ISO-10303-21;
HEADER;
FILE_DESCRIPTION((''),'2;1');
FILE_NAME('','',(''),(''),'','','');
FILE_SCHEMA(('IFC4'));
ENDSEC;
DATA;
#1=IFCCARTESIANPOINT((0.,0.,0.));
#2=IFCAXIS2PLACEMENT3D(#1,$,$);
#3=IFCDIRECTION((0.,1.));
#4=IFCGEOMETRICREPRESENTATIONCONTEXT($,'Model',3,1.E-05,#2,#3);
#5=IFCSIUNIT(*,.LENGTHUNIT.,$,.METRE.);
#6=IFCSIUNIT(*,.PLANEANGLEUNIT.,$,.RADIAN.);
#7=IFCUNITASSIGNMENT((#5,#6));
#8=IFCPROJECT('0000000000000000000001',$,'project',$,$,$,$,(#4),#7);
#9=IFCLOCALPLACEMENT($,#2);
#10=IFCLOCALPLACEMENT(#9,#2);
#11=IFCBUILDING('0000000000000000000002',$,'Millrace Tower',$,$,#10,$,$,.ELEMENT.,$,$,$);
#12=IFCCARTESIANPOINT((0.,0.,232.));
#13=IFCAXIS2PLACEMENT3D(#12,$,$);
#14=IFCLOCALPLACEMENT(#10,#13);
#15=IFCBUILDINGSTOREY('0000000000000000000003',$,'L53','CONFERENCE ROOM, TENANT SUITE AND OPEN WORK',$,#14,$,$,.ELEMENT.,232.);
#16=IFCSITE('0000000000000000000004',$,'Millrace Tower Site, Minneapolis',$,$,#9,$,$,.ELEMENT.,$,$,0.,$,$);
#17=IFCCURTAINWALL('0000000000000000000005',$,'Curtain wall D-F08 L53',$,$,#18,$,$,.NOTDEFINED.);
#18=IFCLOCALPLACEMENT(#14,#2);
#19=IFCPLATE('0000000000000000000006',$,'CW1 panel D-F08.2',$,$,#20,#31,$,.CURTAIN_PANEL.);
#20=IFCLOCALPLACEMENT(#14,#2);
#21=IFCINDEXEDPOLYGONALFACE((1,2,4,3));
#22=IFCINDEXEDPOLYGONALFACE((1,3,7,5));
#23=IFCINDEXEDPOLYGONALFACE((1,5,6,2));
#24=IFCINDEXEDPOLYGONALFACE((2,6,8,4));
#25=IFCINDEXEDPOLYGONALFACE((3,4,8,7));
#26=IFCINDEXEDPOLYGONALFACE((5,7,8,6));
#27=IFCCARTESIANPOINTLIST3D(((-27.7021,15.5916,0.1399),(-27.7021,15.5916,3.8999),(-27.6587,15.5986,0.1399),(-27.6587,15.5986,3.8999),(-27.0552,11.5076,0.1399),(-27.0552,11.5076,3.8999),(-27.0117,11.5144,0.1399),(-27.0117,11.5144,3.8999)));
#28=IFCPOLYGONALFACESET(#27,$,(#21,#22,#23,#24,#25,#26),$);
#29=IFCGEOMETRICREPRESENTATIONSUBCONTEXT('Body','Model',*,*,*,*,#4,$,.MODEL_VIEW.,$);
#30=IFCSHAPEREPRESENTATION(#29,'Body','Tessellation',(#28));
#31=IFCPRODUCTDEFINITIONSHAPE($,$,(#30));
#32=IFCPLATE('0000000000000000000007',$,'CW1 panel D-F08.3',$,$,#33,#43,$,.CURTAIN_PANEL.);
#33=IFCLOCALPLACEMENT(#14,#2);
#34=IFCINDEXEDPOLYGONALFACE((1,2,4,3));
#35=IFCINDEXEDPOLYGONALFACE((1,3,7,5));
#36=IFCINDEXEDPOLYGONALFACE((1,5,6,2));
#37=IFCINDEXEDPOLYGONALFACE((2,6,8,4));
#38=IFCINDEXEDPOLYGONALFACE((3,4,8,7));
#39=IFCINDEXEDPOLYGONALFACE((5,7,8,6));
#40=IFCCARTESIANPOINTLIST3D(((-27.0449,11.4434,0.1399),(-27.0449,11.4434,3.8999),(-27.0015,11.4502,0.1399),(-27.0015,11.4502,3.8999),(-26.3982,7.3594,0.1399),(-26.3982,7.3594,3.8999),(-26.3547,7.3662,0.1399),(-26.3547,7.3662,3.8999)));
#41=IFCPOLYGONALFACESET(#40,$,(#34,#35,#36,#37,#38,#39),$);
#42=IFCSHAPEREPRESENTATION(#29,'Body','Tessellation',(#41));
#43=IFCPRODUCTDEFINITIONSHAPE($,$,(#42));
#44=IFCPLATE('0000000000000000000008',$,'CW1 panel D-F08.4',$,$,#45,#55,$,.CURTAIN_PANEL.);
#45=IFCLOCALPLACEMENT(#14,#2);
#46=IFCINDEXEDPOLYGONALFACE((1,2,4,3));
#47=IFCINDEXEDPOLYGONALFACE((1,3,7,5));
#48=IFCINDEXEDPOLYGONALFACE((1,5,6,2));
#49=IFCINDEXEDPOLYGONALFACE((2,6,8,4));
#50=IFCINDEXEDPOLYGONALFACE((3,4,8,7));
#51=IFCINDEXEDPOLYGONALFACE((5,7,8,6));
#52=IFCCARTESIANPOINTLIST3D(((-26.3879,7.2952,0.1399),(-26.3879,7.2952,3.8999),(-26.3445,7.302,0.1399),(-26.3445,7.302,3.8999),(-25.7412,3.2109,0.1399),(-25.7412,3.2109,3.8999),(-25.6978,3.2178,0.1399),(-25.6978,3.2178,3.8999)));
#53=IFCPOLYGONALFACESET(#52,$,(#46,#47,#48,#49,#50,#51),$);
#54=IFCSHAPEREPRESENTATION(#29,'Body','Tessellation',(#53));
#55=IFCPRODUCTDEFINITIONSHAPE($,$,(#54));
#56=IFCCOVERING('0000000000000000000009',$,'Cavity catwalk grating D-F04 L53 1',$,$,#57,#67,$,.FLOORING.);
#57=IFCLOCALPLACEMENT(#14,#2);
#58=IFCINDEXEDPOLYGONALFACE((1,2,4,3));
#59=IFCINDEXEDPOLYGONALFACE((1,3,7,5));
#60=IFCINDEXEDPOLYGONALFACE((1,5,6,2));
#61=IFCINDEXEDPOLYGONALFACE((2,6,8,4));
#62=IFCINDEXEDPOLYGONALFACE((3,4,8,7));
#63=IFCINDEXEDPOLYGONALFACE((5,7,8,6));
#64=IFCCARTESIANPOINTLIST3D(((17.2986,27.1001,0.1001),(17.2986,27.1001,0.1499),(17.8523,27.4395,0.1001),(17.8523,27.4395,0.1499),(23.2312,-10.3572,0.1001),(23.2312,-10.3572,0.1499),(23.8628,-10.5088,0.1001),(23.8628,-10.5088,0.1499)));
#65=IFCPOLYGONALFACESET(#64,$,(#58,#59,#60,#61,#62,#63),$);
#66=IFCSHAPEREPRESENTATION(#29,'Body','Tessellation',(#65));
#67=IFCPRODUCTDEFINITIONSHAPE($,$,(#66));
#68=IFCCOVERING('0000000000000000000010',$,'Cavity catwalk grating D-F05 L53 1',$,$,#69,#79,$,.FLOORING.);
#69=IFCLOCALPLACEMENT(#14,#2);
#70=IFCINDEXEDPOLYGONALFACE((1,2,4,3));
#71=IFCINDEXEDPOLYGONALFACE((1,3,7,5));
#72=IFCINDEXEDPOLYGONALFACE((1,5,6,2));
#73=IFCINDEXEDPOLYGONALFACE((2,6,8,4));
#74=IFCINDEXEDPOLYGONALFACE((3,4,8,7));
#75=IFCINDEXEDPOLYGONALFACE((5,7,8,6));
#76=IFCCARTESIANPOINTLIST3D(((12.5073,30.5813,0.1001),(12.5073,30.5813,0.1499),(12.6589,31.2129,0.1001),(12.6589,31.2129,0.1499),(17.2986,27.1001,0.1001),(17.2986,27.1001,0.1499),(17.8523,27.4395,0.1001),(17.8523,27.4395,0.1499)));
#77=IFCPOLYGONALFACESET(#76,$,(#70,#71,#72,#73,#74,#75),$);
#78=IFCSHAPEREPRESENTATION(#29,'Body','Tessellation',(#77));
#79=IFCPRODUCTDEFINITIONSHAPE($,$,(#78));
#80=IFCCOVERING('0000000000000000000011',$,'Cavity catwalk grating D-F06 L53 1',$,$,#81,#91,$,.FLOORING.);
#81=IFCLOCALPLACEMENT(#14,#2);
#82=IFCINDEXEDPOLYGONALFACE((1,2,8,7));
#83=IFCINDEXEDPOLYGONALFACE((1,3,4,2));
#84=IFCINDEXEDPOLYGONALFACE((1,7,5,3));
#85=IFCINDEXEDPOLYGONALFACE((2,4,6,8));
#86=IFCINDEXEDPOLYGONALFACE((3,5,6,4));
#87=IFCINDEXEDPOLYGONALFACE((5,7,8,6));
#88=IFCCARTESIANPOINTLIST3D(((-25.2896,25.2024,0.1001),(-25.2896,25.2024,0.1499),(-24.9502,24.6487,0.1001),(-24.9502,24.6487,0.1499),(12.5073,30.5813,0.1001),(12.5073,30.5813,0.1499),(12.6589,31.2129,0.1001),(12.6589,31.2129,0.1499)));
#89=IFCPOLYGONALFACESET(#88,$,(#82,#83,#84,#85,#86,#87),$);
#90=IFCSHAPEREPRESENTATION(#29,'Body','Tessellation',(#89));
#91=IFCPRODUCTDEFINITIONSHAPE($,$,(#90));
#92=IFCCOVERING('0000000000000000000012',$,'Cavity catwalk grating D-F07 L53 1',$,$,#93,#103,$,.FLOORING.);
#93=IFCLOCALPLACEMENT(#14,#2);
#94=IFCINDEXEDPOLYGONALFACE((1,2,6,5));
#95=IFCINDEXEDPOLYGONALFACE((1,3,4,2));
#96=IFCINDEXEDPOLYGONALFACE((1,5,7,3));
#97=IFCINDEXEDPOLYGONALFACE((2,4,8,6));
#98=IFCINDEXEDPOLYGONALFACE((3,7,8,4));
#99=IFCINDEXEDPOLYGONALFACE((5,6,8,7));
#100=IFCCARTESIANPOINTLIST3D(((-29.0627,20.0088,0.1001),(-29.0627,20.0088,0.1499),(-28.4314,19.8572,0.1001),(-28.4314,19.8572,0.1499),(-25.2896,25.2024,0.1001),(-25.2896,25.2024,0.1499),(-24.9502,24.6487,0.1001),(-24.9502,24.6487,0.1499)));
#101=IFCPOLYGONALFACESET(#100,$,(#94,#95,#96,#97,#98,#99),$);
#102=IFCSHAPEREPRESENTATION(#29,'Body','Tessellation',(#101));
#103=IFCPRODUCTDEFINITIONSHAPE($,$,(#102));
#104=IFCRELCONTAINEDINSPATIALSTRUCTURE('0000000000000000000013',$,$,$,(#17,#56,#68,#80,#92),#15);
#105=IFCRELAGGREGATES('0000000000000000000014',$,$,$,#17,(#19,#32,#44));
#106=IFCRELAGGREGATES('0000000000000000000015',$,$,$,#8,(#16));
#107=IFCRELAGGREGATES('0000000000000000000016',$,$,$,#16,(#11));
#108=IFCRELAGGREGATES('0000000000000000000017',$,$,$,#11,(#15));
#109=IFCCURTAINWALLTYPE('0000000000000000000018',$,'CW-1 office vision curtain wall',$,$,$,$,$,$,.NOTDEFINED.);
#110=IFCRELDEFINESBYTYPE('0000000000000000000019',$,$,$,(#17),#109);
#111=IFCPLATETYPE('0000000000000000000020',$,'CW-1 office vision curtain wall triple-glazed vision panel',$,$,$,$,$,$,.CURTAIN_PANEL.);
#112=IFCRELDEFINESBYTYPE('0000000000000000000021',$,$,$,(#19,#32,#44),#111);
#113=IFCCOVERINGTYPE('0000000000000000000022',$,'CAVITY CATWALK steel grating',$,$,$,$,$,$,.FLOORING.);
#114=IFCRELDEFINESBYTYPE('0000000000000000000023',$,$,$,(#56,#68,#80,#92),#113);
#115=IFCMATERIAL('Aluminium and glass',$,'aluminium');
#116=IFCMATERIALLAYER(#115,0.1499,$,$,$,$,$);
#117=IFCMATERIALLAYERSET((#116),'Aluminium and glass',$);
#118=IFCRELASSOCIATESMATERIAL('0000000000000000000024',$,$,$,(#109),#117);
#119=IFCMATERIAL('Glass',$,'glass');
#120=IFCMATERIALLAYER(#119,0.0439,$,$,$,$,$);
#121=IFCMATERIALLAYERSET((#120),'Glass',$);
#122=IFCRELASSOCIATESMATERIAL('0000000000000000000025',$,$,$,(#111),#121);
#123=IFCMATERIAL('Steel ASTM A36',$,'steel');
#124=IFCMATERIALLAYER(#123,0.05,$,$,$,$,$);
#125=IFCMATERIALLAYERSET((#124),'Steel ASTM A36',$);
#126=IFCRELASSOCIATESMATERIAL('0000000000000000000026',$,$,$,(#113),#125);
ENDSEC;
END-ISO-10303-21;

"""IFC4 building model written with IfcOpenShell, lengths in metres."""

from ifc_helpers import new_model, si_unit, direction, frame, origin, place, context, subcontext, project, spatial, polyline, outline, extrude, material, layer, layer_set, type_object, element, aggregate, save


model = new_model("IFC4")

# Units and contexts
model_context = context("Model", 3, precision=1e-05, world=origin(), true_north=direction((0.0, 1.0)))
body_context = subcontext(model_context, "Body", "Model", "MODEL_VIEW")
ifc_project = project(units=[si_unit("LENGTHUNIT", "METRE"), si_unit("PLANEANGLEUNIT", "RADIAN")], contexts=[model_context])

# Site, building, storey
site_placement = place(None, origin())
site = spatial("IfcSite", under=ifc_project, at=site_placement, Name="Millrace Tower Site, Minneapolis", CompositionType="ELEMENT", RefElevation=0.0)
building_placement = place(site_placement, origin())
building = spatial("IfcBuilding", under=site, at=building_placement, Name="Millrace Tower", CompositionType="ELEMENT")
storey_placement = place(building_placement, frame((0.0, 0.0, 232.0)))
storey = spatial("IfcBuildingStorey", under=building, at=storey_placement, Name="L53", Description="CONFERENCE ROOM, TENANT SUITE AND OPEN WORK", CompositionType="ELEMENT", Elevation=232.0)

# Shared definitions
ifc_material_1 = material(Name="Aluminium and glass", Category="aluminium")
ifc_layer_1 = layer(ifc_material_1, 0.1499)
ifc_layer_set_1 = layer_set([ifc_layer_1], Name="Aluminium and glass")
curtain_wall_type = type_object("IfcCurtainWallType", Name="CW-1 office vision curtain wall", PredefinedType="NOTDEFINED", material=ifc_layer_set_1)
placement_1 = place(storey_placement, origin())
ifc_material_2 = material(Name="Glass", Category="glass")
ifc_layer_2 = layer(ifc_material_2, 0.0439)
ifc_layer_set_2 = layer_set([ifc_layer_2], Name="Glass")
plate_type = type_object("IfcPlateType", Name="CW-1 office vision curtain wall triple-glazed vision panel", PredefinedType="CURTAIN_PANEL", material=ifc_layer_set_2)
placement_2 = place(storey_placement, frame((0.0, 0.0, 0.1399)))

# Curtain wall, plates
curtain_wall_1 = element("IfcCurtainWall", 1, at=placement_1, inside=storey, type_object=curtain_wall_type, Name="Curtain wall D-F08 L53", PredefinedType="NOTDEFINED")
plate_1 = element("IfcPlate", 2, at=placement_2, type_object=plate_type, Name="CW1 panel D-F08.2", PredefinedType="CURTAIN_PANEL", context=body_context, shape_type="SweptSolid", body=[
    extrude(outline(polyline([(-27.7021, 15.5916), (-27.0552, 11.5076), (-27.0117, 11.5144), (-27.6587, 15.5986), (-27.7021, 15.5916)])), origin(), (0.0, 0.0, 1.0), 3.76),
])
plate_2 = element("IfcPlate", 3, at=placement_2, type_object=plate_type, Name="CW1 panel D-F08.3", PredefinedType="CURTAIN_PANEL", context=body_context, shape_type="SweptSolid", body=[
    extrude(outline(polyline([(-27.0449, 11.4434), (-26.3982, 7.3594), (-26.3547, 7.3662), (-27.0015, 11.4502), (-27.0449, 11.4434)])), origin(), (0.0, 0.0, 1.0), 3.76),
])
plate_3 = element("IfcPlate", 4, at=placement_2, type_object=plate_type, Name="CW1 panel D-F08.4", PredefinedType="CURTAIN_PANEL", context=body_context, shape_type="SweptSolid", body=[
    extrude(outline(polyline([(-26.3879, 7.2952), (-25.7412, 3.2109), (-25.6978, 3.2178), (-26.3445, 7.302), (-26.3879, 7.2952)])), origin(), (0.0, 0.0, 1.0), 3.76),
])
aggregate(curtain_wall_1, [plate_1, plate_2, plate_3])

# Coverings
ifc_material_3 = material(Name="Steel ASTM A36", Category="steel")
ifc_layer_3 = layer(ifc_material_3, 0.05)
ifc_layer_set_3 = layer_set([ifc_layer_3], Name="Steel ASTM A36")
covering_type = type_object("IfcCoveringType", Name="CAVITY CATWALK steel grating", PredefinedType="FLOORING", material=ifc_layer_set_3)
placement_3 = place(storey_placement, frame((0.0, 0.0, 0.1001)))
element("IfcCovering", 5, at=placement_3, inside=storey, type_object=covering_type, Name="Cavity catwalk grating D-F04 L53 1", PredefinedType="FLOORING", context=body_context, shape_type="SweptSolid", body=[
    extrude(outline(polyline([(23.8628, -10.5088), (17.8523, 27.4395), (17.2986, 27.1001), (23.2312, -10.3572), (23.8628, -10.5088)])), origin(), (0.0, 0.0, 1.0), 0.0498),
])
element("IfcCovering", 6, at=placement_3, inside=storey, type_object=covering_type, Name="Cavity catwalk grating D-F05 L53 1", PredefinedType="FLOORING", context=body_context, shape_type="SweptSolid", body=[
    extrude(outline(polyline([(17.8523, 27.4395), (12.6589, 31.2129), (12.5073, 30.5813), (17.2986, 27.1001), (17.8523, 27.4395)])), origin(), (0.0, 0.0, 1.0), 0.0498),
])
element("IfcCovering", 7, at=placement_3, inside=storey, type_object=covering_type, Name="Cavity catwalk grating D-F06 L53 1", PredefinedType="FLOORING", context=body_context, shape_type="SweptSolid", body=[
    extrude(outline(polyline([(12.6589, 31.2129), (-25.2896, 25.2024), (-24.9502, 24.6487), (12.5073, 30.5813), (12.6589, 31.2129)])), origin(), (0.0, 0.0, 1.0), 0.0498),
])
element("IfcCovering", 8, at=placement_3, inside=storey, type_object=covering_type, Name="Cavity catwalk grating D-F07 L53 1", PredefinedType="FLOORING", context=body_context, shape_type="SweptSolid", body=[
    extrude(outline(polyline([(-25.2896, 25.2024), (-29.0627, 20.0088), (-28.4314, 19.8572), (-24.9502, 24.6487), (-25.2896, 25.2024)])), origin(), (0.0, 0.0, 1.0), 0.0498),
])

save(model, "model.ifc")
